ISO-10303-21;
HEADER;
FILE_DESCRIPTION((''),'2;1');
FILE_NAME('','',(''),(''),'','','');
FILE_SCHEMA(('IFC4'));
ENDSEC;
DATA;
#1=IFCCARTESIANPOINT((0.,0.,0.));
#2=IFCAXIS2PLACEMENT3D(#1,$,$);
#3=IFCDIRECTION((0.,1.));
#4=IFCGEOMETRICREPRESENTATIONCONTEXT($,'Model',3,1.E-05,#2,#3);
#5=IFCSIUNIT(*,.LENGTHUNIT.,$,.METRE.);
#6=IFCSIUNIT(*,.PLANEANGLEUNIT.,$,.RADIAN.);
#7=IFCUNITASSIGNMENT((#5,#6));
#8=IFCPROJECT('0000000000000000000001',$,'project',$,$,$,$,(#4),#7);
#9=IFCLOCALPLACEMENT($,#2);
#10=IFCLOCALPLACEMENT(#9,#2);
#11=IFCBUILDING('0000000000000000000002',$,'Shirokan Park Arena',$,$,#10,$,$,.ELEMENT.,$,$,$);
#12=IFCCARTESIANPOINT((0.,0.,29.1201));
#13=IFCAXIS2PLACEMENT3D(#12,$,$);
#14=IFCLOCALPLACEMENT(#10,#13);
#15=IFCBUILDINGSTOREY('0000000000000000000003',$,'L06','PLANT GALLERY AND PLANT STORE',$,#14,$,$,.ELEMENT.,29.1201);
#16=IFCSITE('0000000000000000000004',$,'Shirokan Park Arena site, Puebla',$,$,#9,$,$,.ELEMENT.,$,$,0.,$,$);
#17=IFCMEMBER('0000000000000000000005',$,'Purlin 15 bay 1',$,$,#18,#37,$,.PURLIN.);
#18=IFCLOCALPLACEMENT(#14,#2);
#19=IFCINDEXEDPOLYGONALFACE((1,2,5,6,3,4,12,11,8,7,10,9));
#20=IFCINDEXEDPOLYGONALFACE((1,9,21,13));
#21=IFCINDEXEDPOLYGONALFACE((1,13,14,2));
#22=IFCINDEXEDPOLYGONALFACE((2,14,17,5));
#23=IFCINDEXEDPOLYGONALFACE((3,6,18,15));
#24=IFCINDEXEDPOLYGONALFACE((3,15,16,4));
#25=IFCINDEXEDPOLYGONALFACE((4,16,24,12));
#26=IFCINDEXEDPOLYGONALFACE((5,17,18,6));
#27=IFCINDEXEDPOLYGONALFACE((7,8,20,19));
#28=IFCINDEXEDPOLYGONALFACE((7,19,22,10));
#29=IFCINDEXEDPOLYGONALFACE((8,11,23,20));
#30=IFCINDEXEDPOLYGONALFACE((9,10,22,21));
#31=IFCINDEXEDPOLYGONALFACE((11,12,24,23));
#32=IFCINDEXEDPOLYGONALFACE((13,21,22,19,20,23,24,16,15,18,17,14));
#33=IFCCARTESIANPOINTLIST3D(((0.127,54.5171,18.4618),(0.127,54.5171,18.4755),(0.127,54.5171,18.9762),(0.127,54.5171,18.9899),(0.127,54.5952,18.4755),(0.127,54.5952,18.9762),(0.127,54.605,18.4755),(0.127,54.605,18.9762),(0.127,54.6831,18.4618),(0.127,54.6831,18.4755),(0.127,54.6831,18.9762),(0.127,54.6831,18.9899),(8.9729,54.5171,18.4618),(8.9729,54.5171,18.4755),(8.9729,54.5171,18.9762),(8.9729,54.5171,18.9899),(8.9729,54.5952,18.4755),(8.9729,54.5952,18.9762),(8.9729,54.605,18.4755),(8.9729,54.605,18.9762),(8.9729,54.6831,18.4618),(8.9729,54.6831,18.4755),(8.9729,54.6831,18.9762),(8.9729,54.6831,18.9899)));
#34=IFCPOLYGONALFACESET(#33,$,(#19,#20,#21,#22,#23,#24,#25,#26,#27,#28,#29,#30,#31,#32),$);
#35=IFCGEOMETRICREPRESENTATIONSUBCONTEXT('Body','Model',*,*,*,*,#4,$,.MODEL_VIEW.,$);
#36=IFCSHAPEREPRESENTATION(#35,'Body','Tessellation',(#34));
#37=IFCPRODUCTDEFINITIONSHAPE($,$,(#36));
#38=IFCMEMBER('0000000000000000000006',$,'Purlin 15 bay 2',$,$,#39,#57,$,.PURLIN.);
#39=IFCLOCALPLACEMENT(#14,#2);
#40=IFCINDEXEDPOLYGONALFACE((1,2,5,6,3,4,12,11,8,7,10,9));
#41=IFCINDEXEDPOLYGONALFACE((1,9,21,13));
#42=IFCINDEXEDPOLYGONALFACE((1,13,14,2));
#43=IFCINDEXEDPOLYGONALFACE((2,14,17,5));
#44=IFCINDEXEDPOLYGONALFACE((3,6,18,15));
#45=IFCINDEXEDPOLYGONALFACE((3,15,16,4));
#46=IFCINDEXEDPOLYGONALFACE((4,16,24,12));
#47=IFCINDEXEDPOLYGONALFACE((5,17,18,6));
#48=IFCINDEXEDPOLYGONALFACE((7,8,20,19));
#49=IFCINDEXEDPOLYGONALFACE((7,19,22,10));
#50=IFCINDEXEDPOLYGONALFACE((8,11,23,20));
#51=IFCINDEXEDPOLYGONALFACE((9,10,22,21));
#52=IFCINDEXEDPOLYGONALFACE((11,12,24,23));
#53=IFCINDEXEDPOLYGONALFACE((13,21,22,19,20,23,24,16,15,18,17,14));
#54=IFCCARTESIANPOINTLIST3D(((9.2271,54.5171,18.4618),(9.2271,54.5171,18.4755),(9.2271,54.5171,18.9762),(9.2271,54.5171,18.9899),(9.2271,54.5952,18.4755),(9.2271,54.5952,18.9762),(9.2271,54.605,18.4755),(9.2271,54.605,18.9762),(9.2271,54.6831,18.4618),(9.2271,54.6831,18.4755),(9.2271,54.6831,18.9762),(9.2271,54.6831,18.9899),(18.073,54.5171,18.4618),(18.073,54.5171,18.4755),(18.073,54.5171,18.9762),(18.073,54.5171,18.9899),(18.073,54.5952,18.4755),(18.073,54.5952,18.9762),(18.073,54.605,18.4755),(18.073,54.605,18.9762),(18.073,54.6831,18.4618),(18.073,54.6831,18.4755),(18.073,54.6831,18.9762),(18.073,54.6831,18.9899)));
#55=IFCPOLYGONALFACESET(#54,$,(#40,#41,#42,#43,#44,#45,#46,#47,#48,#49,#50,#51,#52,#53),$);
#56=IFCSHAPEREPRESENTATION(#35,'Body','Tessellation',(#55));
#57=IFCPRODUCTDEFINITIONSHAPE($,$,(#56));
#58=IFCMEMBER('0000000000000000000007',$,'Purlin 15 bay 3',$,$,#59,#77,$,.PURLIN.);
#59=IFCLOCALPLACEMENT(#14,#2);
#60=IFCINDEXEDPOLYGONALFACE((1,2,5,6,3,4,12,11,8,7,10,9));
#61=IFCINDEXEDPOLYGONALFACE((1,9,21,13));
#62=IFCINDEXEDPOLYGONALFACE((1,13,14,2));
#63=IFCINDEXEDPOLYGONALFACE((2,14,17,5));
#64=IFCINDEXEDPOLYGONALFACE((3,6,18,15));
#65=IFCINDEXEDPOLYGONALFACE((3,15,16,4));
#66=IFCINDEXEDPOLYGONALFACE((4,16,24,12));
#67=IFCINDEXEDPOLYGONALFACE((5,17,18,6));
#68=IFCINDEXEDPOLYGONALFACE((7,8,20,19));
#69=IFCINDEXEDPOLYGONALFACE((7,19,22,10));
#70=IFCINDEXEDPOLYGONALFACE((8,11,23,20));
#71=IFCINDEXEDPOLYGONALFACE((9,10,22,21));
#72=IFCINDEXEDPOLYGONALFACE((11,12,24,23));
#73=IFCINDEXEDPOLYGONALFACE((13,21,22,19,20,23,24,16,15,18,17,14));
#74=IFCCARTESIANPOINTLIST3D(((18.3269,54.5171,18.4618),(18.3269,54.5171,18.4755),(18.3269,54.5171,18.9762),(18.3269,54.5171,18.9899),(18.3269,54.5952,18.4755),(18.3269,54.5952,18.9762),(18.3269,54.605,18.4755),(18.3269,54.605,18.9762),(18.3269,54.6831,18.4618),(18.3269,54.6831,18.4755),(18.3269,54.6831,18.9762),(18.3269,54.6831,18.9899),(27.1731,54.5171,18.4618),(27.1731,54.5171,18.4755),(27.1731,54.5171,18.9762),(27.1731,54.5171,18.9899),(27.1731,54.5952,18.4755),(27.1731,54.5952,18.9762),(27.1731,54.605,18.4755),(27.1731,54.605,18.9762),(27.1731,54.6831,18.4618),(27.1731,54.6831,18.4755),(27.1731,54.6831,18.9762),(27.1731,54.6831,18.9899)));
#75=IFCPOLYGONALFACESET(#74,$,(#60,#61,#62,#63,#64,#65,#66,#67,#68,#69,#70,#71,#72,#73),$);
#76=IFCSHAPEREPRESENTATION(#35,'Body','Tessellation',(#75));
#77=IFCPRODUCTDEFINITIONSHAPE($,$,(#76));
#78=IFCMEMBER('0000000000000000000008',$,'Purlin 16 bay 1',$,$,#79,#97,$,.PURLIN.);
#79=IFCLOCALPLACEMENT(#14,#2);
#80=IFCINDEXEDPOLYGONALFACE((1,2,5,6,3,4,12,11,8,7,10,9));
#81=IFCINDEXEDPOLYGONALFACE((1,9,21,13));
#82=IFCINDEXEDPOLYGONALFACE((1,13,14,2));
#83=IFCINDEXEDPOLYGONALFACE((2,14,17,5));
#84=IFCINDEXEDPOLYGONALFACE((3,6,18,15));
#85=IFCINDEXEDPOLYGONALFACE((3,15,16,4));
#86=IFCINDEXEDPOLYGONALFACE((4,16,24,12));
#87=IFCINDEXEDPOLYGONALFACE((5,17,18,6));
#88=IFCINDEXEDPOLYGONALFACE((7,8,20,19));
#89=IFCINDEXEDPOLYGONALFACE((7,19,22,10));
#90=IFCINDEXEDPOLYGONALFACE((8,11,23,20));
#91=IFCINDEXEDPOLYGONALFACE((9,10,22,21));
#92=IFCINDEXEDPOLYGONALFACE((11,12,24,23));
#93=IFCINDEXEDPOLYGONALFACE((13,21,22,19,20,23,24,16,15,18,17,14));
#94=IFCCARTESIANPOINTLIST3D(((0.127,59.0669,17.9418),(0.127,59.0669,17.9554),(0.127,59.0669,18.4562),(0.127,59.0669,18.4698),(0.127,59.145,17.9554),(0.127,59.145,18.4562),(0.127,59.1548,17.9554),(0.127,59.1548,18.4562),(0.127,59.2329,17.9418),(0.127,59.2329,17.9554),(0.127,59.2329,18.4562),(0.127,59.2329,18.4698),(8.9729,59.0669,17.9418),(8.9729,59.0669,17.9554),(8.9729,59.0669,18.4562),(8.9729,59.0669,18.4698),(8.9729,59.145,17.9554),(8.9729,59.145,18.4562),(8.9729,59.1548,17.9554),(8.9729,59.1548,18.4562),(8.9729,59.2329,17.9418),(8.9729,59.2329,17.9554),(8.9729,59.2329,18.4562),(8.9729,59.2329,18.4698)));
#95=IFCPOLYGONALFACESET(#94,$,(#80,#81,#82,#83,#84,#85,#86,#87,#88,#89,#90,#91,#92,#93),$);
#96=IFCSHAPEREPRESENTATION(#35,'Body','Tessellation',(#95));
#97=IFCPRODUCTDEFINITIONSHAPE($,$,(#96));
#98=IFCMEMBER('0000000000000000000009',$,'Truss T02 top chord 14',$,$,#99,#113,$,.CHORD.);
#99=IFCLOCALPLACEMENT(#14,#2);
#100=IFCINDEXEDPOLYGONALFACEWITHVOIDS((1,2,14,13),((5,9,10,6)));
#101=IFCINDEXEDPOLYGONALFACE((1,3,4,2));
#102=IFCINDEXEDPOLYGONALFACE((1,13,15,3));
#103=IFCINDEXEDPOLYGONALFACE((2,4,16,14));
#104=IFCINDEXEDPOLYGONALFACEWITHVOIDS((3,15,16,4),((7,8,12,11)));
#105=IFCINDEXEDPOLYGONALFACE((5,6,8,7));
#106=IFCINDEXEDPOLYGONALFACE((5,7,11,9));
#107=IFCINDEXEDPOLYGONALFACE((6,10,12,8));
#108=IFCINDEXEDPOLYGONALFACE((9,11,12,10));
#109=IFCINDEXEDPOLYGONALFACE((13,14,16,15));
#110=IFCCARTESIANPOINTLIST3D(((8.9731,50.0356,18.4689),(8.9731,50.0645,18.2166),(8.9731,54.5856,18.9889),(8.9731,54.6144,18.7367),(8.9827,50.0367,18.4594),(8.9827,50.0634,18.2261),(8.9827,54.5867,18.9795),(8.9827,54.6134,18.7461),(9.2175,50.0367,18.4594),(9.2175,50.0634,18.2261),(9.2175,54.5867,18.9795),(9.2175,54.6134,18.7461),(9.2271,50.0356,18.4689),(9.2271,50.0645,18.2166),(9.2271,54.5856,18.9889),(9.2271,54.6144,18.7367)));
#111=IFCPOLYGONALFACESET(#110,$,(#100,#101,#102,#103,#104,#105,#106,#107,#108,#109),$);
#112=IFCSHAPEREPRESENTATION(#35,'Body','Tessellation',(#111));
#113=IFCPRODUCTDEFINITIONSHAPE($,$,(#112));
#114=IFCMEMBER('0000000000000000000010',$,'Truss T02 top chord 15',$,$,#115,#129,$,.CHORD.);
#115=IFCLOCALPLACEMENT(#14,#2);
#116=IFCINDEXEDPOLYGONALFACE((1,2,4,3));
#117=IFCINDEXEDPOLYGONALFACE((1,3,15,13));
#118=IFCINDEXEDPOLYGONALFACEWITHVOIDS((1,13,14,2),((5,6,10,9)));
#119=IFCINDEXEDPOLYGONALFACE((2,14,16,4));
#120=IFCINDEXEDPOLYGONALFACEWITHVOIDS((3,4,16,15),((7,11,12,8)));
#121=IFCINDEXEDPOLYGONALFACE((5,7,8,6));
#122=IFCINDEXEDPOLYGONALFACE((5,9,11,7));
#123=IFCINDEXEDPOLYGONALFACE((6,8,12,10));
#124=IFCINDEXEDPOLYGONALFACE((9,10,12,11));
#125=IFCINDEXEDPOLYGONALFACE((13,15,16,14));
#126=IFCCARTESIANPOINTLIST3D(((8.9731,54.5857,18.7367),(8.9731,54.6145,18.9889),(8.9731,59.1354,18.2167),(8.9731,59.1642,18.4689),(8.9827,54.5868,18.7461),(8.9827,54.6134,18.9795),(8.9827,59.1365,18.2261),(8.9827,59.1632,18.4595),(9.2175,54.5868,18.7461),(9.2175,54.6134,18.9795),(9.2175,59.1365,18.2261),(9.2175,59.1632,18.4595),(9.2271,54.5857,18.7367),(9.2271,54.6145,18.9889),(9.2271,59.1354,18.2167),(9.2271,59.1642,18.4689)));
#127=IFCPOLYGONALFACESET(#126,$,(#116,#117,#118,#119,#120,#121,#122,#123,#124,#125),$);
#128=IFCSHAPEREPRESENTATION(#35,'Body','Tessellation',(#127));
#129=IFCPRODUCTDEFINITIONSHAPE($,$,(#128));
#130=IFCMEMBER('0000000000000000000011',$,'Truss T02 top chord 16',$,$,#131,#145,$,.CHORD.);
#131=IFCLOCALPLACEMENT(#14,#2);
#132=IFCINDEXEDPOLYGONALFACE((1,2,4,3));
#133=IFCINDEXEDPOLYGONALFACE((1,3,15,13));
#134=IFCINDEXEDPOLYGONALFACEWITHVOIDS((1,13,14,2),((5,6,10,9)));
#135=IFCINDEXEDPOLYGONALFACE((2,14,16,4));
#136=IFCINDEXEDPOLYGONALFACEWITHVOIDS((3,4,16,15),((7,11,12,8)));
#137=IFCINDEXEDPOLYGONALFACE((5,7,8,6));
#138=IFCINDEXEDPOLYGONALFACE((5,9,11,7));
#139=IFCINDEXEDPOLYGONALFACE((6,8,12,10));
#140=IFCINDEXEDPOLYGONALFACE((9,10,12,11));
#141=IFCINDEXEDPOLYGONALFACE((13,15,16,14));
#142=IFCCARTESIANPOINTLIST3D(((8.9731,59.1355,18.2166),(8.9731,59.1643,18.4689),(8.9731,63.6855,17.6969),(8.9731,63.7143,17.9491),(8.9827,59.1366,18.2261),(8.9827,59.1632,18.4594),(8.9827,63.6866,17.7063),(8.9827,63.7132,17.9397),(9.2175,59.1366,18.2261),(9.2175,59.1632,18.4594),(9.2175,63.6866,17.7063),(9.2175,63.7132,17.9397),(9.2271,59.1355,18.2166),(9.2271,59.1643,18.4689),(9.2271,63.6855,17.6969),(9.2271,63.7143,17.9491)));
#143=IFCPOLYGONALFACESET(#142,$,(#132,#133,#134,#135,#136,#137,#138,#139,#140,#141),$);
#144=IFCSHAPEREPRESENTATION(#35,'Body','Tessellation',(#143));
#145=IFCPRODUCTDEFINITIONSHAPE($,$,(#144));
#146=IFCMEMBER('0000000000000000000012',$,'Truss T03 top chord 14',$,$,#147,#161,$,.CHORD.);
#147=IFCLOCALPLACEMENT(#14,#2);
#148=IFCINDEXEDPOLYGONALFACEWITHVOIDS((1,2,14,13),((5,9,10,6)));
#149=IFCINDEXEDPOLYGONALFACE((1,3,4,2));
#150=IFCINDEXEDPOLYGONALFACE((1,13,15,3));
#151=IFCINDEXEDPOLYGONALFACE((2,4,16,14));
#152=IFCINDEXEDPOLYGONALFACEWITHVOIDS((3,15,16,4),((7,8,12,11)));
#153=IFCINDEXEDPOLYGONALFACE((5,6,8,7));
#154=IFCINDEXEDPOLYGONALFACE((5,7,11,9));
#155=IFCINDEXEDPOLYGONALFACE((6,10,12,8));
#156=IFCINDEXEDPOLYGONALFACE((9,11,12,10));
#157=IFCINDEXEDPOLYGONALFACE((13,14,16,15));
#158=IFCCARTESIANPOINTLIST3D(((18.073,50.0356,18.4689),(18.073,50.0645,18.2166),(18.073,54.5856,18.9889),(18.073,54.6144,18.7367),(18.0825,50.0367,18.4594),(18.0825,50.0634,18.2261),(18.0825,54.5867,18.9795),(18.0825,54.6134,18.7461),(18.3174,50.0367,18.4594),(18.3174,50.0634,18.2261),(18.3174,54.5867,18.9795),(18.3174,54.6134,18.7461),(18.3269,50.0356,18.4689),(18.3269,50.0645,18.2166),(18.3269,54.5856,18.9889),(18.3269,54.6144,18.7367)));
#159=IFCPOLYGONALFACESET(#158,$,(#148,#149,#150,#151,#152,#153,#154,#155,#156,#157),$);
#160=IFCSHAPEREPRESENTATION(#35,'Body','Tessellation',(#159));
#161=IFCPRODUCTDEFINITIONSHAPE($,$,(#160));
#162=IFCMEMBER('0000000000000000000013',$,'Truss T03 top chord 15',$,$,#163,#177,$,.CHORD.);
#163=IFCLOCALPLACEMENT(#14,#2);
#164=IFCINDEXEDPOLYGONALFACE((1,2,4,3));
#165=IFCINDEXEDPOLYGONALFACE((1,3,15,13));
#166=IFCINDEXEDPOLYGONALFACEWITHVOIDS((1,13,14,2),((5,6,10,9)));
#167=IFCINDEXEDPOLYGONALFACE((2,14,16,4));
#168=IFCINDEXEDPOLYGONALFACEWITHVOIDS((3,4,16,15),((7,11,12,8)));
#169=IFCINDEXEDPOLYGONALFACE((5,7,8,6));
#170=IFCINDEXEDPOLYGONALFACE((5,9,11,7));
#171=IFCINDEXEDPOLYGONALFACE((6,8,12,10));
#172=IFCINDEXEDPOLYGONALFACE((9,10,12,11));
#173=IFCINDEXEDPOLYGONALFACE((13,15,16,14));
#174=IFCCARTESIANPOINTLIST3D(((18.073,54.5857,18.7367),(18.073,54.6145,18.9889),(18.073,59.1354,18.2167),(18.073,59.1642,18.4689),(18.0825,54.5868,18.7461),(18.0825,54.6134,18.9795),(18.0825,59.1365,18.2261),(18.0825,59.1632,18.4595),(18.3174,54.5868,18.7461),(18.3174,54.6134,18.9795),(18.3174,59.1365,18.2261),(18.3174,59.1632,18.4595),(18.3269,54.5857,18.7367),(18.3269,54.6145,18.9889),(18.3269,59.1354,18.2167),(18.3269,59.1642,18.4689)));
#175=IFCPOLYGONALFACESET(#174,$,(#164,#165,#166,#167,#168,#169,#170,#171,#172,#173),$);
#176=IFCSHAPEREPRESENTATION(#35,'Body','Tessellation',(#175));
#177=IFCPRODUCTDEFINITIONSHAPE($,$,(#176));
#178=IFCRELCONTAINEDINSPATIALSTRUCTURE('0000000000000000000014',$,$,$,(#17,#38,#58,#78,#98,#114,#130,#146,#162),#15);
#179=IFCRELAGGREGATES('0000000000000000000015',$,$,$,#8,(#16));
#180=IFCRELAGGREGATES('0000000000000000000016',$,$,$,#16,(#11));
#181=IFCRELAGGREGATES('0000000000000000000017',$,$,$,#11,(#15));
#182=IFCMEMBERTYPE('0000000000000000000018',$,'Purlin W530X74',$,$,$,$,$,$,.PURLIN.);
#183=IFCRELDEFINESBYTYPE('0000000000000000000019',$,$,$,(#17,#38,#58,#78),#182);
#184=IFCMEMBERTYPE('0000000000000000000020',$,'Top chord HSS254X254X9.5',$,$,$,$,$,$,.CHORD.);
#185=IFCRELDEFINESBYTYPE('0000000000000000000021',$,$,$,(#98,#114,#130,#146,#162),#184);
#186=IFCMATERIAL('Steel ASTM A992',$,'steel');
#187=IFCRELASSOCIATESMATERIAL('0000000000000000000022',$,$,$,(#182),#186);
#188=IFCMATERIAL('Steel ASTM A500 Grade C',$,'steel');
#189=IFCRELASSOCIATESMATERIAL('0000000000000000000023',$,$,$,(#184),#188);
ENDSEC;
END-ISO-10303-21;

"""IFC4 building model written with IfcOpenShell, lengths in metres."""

from ifc_helpers import new_model, si_unit, direction, frame, origin, origin_2d, place, context, subcontext, project, spatial, hollow_rectangle, i_section, extrude, material, material_profile, profile_set, type_object, element, save


model = new_model("IFC4")

# Units and contexts
model_context = context("Model", 3, precision=1e-05, world=origin(), true_north=direction((0.0, 1.0)))
body_context = subcontext(model_context, "Body", "Model", "MODEL_VIEW")
ifc_project = project(units=[si_unit("LENGTHUNIT", "METRE"), si_unit("PLANEANGLEUNIT", "RADIAN")], contexts=[model_context])

# Site, building, storey
site_placement = place(None, origin())
site = spatial("IfcSite", under=ifc_project, at=site_placement, Name="Shirokan Park Arena site, Puebla", CompositionType="ELEMENT", RefElevation=0.0)
building_placement = place(site_placement, origin())
building = spatial("IfcBuilding", under=site, at=building_placement, Name="Shirokan Park Arena", CompositionType="ELEMENT")
storey_placement = place(building_placement, frame((0.0, 0.0, 29.1201)))
storey = spatial("IfcBuildingStorey", under=building, at=storey_placement, Name="L06", Description="PLANT GALLERY AND PLANT STORE", CompositionType="ELEMENT", Elevation=29.1201)

# Members
ifc_material_1 = material(Name="Steel ASTM A992", Category="steel")
ifc_material_profile_1 = material_profile(ifc_material_1, i_section(OverallWidth=0.166, OverallDepth=0.5281, WebThickness=0.0098, FlangeThickness=0.0137, at=origin_2d()), Name="W530X74")
ifc_profile_set_1 = profile_set([ifc_material_profile_1], Name="Steel ASTM A992")
member_type_1 = type_object("IfcMemberType", Name="Purlin W530X74", PredefinedType="PURLIN", material=ifc_profile_set_1)
for number, where, z_axis, x_axis, name in (
    (1, (0.127, 54.6001, 18.7258), (1.0, 0.0, 0.0), (0.0, 1.0, 0.0), "Purlin 15 bay 1"),
    (2, (9.2271, 54.6001, 18.7258), (1.0, 0.0, 0.0), (0.0, 1.0, 0.0), "Purlin 15 bay 2"),
):
    element("IfcMember", number, at=place(storey_placement, frame(where, z_axis=z_axis, x_axis=x_axis)), inside=storey, type_object=member_type_1, Name=name, PredefinedType="PURLIN", context=body_context, shape_type="SweptSolid", body=[
        extrude(i_section(OverallWidth=0.166, OverallDepth=0.5281, WebThickness=0.0098, FlangeThickness=0.0137, at=origin_2d()), origin(), (0.0, 0.0, 1.0), 8.8459),
    ])
member_1_placement = place(storey_placement, frame((18.3269, 54.6001, 18.7258), z_axis=(1.0, 0.0, 0.0), x_axis=(0.0, 1.0, 0.0)))
element("IfcMember", 3, at=member_1_placement, inside=storey, type_object=member_type_1, Name="Purlin 15 bay 3", PredefinedType="PURLIN", context=body_context, shape_type="SweptSolid", body=[
    extrude(i_section(OverallWidth=0.166, OverallDepth=0.5281, WebThickness=0.0098, FlangeThickness=0.0137, at=origin_2d()), origin(), (0.0, 0.0, 1.0), 8.8462),
])
member_2_placement = place(storey_placement, frame((0.127, 59.1499, 18.2058), z_axis=(1.0, 0.0, 0.0), x_axis=(0.0, 1.0, 0.0)))
element("IfcMember", 4, at=member_2_placement, inside=storey, type_object=member_type_1, Name="Purlin 16 bay 1", PredefinedType="PURLIN", context=body_context, shape_type="SweptSolid", body=[
    extrude(i_section(OverallWidth=0.166, OverallDepth=0.5281, WebThickness=0.0098, FlangeThickness=0.0137, at=origin_2d()), origin(), (0.0, 0.0, 1.0), 8.8459),
])
ifc_material_2 = material(Name="Steel ASTM A500 Grade C", Category="steel")
ifc_material_profile_2 = material_profile(ifc_material_2, hollow_rectangle(XDim=0.2539, YDim=0.2539, WallThickness=0.0095, at=origin_2d()), Name="HSS254X254X9.5")
ifc_profile_set_2 = profile_set([ifc_material_profile_2], Name="Steel ASTM A500 Grade C")
member_type_2 = type_object("IfcMemberType", Name="Top chord HSS254X254X9.5", PredefinedType="CHORD", material=ifc_profile_set_2)
member_3_placement = place(storey_placement, frame((9.1001, 50.05, 18.3428), z_axis=(0.0, 0.993532, 0.11355), x_axis=(-1.0, 0.0, 0.0)))
element("IfcMember", 5, at=member_3_placement, inside=storey, type_object=member_type_2, Name="Truss T02 top chord 14", PredefinedType="CHORD", context=body_context, shape_type="SweptSolid", body=[
    extrude(hollow_rectangle(XDim=0.2539, YDim=0.2539, WallThickness=0.0095, at=origin_2d()), origin(), (0.0, 0.0, 1.0), 4.5796),
])
member_4_placement = place(storey_placement, frame((9.1001, 54.6001, 18.8628), z_axis=(0.0, 0.993532, -0.113556), x_axis=(-1.0, 0.0, 0.0)))
element("IfcMember", 6, at=member_4_placement, inside=storey, type_object=member_type_2, Name="Truss T02 top chord 15", PredefinedType="CHORD", context=body_context, shape_type="SweptSolid", body=[
    extrude(hollow_rectangle(XDim=0.2539, YDim=0.2539, WallThickness=0.0095, at=origin_2d()), origin(), (0.0, 0.0, 1.0), 4.5793),
])
for number, where, z_axis, x_axis, name in (
    (7, (9.1001, 59.1499, 18.3428), (0.0, 0.993538, -0.113497), (-1.0, 0.0, 0.0), "Truss T02 top chord 16"),
    (8, (18.2, 50.05, 18.3428), (0.0, 0.993532, 0.11355), (-1.0, 0.0, 0.0), "Truss T03 top chord 14"),
):
    element("IfcMember", number, at=place(storey_placement, frame(where, z_axis=z_axis, x_axis=x_axis)), inside=storey, type_object=member_type_2, Name=name, PredefinedType="CHORD", context=body_context, shape_type="SweptSolid", body=[
        extrude(hollow_rectangle(XDim=0.2539, YDim=0.2539, WallThickness=0.0095, at=origin_2d()), origin(), (0.0, 0.0, 1.0), 4.5796),
    ])
member_5_placement = place(storey_placement, frame((18.2, 54.6001, 18.8628), z_axis=(0.0, 0.993532, -0.113556), x_axis=(-1.0, 0.0, 0.0)))
element("IfcMember", 9, at=member_5_placement, inside=storey, type_object=member_type_2, Name="Truss T03 top chord 15", PredefinedType="CHORD", context=body_context, shape_type="SweptSolid", body=[
    extrude(hollow_rectangle(XDim=0.2539, YDim=0.2539, WallThickness=0.0095, at=origin_2d()), origin(), (0.0, 0.0, 1.0), 4.5793),
])

save(model, "model.ifc")
